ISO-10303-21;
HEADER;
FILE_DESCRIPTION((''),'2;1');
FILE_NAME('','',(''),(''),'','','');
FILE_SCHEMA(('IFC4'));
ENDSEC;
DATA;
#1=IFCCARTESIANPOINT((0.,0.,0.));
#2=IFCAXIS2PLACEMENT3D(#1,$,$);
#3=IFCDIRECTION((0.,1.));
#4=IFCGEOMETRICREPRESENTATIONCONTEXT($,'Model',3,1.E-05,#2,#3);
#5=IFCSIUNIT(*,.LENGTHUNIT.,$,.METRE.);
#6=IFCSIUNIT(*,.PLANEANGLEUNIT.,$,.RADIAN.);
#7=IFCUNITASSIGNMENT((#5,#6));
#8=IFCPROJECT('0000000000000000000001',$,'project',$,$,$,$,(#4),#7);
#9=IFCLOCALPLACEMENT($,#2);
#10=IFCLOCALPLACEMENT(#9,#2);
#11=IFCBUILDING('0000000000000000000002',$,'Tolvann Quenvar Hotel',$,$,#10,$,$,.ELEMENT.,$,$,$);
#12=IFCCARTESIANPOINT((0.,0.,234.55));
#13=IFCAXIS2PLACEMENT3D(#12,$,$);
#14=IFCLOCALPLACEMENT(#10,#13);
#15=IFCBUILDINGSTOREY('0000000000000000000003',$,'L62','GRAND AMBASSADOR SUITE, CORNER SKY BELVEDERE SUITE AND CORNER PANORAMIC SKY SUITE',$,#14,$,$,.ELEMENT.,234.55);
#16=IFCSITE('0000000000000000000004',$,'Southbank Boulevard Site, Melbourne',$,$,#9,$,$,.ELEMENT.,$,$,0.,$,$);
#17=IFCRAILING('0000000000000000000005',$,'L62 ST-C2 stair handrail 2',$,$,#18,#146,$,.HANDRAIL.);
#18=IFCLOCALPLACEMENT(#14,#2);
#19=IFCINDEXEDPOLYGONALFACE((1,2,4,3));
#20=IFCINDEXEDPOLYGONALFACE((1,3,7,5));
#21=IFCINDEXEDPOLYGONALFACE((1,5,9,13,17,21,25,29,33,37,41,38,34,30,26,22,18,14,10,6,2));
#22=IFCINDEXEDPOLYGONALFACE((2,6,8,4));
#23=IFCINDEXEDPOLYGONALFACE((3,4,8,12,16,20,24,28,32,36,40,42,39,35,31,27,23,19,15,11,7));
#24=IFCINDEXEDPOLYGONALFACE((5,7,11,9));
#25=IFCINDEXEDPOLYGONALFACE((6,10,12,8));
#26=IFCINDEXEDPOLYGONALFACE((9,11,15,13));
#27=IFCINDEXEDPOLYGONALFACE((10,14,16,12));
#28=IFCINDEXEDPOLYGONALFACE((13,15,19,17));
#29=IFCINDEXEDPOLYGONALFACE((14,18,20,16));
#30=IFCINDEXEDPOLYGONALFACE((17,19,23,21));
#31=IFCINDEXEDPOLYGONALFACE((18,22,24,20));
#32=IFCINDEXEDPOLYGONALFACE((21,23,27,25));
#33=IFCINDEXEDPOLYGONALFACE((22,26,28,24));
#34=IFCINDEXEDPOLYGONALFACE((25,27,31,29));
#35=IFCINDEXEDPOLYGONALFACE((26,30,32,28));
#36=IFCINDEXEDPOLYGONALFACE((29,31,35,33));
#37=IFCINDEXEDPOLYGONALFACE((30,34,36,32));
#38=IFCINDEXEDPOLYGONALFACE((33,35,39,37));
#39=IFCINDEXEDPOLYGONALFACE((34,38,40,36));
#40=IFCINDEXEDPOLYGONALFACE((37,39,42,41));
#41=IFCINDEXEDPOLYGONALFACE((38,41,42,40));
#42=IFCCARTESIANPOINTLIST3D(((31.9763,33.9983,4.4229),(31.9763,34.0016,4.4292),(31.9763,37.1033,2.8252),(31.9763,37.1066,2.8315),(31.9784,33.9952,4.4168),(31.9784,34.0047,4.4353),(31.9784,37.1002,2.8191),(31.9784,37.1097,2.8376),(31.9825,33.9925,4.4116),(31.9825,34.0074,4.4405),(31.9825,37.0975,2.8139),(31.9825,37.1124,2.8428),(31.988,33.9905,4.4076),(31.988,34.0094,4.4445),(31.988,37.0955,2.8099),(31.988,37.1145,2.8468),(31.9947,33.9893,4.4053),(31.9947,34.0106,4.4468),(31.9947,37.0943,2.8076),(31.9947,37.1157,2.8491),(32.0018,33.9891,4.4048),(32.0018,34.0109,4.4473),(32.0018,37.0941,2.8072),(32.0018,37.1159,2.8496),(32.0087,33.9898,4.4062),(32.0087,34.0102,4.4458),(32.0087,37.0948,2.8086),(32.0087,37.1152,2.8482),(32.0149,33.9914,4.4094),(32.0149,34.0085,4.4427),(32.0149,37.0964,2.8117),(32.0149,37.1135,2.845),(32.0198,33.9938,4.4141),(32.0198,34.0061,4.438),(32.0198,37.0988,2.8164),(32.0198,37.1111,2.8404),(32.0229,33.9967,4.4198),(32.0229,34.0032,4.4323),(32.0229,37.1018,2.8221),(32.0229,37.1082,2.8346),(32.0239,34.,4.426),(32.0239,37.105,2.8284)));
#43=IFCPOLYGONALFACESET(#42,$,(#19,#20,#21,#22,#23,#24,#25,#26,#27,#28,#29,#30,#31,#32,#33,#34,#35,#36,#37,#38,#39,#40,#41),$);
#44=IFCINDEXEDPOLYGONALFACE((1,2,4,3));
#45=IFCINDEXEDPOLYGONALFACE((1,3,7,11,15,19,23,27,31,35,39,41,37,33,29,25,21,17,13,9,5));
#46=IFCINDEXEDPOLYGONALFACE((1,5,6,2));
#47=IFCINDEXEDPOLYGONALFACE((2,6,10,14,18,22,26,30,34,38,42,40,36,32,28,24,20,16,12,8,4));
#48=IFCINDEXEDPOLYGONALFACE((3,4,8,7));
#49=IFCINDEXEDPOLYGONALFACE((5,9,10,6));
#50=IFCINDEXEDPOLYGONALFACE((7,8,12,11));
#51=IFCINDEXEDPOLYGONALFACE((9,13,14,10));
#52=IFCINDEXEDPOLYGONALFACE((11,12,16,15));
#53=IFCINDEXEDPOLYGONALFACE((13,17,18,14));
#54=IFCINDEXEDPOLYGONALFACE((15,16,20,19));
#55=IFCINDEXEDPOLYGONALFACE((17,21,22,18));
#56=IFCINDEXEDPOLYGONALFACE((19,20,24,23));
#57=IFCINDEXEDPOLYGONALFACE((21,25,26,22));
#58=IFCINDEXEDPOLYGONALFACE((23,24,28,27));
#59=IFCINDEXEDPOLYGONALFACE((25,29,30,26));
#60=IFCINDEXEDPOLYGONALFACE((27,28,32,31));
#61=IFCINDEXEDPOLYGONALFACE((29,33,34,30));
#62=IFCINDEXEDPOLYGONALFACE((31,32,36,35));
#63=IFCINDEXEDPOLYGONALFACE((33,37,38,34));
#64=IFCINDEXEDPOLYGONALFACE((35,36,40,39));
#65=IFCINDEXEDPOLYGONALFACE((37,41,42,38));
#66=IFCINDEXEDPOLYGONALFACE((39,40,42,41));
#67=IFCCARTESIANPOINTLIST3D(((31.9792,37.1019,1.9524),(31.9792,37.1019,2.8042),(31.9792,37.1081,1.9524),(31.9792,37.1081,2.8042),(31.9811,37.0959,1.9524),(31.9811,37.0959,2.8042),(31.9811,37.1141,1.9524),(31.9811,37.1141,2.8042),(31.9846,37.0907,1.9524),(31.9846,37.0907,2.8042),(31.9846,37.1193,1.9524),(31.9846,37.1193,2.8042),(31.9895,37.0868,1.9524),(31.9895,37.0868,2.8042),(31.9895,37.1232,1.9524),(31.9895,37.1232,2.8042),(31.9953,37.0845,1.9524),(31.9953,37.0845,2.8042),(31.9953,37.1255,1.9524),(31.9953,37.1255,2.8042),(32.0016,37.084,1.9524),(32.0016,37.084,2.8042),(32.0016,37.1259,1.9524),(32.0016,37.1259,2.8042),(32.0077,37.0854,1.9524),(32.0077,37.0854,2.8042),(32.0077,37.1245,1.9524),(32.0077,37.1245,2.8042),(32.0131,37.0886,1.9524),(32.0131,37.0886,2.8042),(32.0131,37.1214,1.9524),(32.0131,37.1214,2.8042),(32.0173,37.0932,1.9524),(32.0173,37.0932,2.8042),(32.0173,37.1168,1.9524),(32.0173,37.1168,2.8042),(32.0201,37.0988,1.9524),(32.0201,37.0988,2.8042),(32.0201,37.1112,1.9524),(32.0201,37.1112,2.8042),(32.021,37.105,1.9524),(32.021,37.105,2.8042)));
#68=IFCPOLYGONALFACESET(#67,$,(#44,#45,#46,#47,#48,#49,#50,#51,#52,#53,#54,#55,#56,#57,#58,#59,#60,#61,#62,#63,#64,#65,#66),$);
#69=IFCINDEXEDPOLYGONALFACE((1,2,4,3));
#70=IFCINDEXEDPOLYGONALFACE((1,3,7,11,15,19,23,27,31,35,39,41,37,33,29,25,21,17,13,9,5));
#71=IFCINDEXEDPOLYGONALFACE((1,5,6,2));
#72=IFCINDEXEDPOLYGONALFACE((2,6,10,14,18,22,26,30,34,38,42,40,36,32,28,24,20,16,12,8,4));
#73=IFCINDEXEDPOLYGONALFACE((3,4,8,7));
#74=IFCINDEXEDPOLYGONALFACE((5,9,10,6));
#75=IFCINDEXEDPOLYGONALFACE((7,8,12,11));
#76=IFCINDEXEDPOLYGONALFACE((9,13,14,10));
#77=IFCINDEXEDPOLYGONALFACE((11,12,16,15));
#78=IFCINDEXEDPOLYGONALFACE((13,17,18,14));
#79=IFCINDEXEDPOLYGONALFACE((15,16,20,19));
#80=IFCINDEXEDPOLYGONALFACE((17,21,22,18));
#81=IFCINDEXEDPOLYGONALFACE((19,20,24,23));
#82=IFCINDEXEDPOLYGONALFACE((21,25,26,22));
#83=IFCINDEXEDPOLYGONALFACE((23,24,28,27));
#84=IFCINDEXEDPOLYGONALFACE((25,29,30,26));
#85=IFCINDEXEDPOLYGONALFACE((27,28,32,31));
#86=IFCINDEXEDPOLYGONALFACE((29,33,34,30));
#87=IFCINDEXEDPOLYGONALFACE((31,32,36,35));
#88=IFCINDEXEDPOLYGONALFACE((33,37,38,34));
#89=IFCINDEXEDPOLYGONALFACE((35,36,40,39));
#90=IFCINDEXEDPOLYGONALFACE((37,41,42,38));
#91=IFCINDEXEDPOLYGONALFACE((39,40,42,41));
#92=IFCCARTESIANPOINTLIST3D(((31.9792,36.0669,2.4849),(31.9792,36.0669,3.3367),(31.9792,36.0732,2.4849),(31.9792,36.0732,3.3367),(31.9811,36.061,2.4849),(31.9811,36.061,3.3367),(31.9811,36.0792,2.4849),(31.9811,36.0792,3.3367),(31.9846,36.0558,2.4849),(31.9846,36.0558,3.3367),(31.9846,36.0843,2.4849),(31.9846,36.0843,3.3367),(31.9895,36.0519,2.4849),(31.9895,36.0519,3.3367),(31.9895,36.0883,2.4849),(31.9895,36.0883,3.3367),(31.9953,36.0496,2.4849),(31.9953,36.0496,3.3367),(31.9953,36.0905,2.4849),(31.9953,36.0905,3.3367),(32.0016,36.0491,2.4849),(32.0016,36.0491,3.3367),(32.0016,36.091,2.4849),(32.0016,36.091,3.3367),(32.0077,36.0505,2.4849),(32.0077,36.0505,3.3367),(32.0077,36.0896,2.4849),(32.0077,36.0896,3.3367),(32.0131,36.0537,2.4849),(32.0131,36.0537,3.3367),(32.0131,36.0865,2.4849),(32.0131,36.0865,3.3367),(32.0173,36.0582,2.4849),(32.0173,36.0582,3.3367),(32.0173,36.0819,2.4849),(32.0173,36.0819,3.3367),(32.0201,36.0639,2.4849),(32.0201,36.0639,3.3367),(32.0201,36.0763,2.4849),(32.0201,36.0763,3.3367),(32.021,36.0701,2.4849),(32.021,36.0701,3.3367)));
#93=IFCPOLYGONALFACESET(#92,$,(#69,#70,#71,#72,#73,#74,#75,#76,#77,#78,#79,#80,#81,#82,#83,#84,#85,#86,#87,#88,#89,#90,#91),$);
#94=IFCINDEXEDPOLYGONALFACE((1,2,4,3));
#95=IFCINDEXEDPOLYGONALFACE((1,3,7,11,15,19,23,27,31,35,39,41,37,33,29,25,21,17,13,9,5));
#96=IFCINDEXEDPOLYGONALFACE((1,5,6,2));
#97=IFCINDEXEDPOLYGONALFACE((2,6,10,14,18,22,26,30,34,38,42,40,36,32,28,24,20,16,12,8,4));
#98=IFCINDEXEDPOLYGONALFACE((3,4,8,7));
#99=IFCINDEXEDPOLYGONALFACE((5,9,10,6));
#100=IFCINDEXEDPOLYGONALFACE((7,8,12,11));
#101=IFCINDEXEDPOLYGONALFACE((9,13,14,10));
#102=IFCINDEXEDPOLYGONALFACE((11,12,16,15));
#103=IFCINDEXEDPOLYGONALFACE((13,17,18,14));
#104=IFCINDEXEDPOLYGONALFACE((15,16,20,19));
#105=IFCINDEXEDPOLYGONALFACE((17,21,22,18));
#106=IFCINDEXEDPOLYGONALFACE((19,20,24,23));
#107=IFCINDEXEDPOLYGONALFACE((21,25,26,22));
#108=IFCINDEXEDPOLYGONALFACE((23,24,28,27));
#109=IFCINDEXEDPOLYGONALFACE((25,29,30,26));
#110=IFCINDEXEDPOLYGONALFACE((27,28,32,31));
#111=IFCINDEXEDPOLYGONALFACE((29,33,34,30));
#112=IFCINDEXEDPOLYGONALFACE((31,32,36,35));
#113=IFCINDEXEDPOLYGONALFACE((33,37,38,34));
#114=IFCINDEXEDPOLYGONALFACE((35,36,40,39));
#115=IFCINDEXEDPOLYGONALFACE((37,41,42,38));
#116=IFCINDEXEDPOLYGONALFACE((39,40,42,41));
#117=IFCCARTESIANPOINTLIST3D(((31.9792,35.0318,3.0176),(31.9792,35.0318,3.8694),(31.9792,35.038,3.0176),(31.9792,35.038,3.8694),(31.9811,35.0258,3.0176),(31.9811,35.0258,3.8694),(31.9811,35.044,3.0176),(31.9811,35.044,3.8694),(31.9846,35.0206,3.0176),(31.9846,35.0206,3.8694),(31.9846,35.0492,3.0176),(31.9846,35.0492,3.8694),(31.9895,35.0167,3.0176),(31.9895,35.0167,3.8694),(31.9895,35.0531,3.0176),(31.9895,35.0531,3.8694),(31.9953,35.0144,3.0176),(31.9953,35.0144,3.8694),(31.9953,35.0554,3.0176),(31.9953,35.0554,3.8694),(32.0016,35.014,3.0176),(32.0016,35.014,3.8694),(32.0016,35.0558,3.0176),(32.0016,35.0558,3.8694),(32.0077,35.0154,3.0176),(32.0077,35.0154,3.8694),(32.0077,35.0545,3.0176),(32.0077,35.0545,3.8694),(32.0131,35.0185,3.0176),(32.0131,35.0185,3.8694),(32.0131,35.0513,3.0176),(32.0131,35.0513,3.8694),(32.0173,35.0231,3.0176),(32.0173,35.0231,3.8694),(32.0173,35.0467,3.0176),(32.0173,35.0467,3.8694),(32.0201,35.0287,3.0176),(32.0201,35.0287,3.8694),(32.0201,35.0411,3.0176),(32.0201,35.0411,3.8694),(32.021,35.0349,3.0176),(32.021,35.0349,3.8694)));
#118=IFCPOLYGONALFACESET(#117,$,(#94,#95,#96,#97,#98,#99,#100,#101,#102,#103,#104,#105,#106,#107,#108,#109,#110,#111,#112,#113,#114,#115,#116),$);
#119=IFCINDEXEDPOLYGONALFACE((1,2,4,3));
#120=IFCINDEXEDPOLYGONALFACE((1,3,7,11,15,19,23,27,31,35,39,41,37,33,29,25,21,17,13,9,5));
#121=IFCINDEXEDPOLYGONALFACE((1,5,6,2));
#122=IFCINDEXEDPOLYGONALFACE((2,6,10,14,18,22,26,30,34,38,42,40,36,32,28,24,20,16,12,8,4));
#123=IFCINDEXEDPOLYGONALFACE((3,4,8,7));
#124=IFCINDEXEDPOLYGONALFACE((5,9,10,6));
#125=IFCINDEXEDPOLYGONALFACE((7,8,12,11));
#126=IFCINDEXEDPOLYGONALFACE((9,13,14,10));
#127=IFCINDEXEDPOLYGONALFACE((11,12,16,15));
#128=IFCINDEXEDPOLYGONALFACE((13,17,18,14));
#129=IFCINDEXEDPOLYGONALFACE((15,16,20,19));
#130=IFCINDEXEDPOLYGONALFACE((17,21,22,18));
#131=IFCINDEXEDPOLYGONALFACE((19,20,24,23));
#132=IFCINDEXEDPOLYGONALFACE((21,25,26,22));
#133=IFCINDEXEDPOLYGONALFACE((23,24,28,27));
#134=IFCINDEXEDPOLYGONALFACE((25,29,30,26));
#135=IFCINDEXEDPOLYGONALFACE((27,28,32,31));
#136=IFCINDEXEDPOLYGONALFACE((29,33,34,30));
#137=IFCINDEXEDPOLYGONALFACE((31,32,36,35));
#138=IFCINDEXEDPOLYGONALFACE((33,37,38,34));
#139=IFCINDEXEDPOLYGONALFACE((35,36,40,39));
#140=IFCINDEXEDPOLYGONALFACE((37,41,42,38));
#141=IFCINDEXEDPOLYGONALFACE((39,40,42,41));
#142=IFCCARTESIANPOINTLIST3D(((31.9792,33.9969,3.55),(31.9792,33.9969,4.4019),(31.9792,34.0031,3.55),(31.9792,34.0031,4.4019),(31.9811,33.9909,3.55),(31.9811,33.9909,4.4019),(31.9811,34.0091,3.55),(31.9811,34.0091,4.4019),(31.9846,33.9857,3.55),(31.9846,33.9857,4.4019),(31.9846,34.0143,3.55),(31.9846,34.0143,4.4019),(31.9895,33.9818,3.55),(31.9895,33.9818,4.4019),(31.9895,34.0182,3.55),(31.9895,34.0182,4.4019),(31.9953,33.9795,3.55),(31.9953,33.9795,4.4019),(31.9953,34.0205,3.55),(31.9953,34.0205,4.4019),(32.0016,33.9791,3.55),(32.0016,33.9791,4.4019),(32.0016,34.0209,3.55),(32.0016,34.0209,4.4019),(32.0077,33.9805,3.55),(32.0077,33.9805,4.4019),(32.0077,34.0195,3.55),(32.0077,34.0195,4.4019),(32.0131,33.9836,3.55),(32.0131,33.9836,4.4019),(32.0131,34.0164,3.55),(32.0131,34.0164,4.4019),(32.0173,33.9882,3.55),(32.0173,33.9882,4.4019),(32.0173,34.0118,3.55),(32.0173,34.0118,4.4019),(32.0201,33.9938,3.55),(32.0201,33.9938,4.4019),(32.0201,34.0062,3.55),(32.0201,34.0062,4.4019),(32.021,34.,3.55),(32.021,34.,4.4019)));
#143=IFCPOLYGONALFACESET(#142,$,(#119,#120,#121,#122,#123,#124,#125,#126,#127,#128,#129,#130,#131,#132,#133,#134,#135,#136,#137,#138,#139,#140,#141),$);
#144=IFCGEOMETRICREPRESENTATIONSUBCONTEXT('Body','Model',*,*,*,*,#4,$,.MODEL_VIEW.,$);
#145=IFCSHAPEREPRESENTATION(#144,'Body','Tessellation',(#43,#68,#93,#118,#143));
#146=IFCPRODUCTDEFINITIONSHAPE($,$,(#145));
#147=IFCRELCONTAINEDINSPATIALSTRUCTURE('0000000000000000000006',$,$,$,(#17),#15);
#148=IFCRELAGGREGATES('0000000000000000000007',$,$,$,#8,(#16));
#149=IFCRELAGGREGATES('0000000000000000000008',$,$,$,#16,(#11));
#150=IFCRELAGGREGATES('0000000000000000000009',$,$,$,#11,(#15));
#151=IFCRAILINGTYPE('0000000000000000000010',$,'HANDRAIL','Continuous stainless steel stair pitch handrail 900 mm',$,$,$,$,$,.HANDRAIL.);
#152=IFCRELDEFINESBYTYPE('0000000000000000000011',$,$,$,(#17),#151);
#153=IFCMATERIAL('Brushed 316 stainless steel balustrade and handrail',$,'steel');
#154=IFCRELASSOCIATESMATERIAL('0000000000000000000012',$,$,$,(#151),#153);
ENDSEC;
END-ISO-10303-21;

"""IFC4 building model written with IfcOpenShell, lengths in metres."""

from ifc_helpers import new_model, si_unit, direction, frame, origin, origin_2d, place, context, subcontext, project, spatial, circle, extrude, material, type_object, element, save


model = new_model("IFC4")

# Units and contexts
model_context = context("Model", 3, precision=1e-05, world=origin(), true_north=direction((0.0, 1.0)))
body_context = subcontext(model_context, "Body", "Model", "MODEL_VIEW")
ifc_project = project(units=[si_unit("LENGTHUNIT", "METRE"), si_unit("PLANEANGLEUNIT", "RADIAN")], contexts=[model_context])

# Site, building, storey
site_placement = place(None, origin())
site = spatial("IfcSite", under=ifc_project, at=site_placement, Name="Southbank Boulevard Site, Melbourne", CompositionType="ELEMENT", RefElevation=0.0)
building_placement = place(site_placement, origin())
building = spatial("IfcBuilding", under=site, at=building_placement, Name="Tolvann Quenvar Hotel", CompositionType="ELEMENT")
storey_placement = place(building_placement, frame((0.0, 0.0, 234.55)))
storey = spatial("IfcBuildingStorey", under=building, at=storey_placement, Name="L62", Description="GRAND AMBASSADOR SUITE, CORNER SKY BELVEDERE SUITE AND CORNER PANORAMIC SKY SUITE", CompositionType="ELEMENT", Elevation=234.55)

# Railing
ifc_material_1 = material(Name="Brushed 316 stainless steel balustrade and handrail", Category="steel")
railing_type_1 = type_object("IfcRailingType", Name="HANDRAIL", Description="Continuous stainless steel stair pitch handrail 900 mm", PredefinedType="HANDRAIL", material=ifc_material_1)
railing_1_placement = place(storey_placement, frame((32.0, 37.105, 1.9524)))
element("IfcRailing", 1, at=railing_1_placement, inside=storey, type_object=railing_type_1, Name="L62 ST-C2 stair handrail 2", PredefinedType="HANDRAIL", context=body_context, shape_type="SweptSolid", body=[
    extrude(circle(Radius=0.0239, at=origin_2d()), frame((0.0, 0.0, 0.876), z_axis=(0.0, -0.889194, 0.457531), x_axis=(1.0, 0.0, 0.0)), (0.0, 0.0, 1.0), 3.4919),
    extrude(circle(Radius=0.021, at=origin_2d()), origin(), (0.0, 0.0, 1.0), 0.8518),
    extrude(circle(Radius=0.021, at=origin_2d()), frame((0.0, -1.0349, 0.5325)), (0.0, 0.0, 1.0), 0.8518),
    extrude(circle(Radius=0.021, at=origin_2d()), frame((0.0, -2.0701, 1.0652)), (0.0, 0.0, 1.0), 0.8518),
    extrude(circle(Radius=0.021, at=origin_2d()), frame((0.0, -3.105, 1.5977)), (0.0, 0.0, 1.0), 0.8518),
])

save(model, "model.ifc")
